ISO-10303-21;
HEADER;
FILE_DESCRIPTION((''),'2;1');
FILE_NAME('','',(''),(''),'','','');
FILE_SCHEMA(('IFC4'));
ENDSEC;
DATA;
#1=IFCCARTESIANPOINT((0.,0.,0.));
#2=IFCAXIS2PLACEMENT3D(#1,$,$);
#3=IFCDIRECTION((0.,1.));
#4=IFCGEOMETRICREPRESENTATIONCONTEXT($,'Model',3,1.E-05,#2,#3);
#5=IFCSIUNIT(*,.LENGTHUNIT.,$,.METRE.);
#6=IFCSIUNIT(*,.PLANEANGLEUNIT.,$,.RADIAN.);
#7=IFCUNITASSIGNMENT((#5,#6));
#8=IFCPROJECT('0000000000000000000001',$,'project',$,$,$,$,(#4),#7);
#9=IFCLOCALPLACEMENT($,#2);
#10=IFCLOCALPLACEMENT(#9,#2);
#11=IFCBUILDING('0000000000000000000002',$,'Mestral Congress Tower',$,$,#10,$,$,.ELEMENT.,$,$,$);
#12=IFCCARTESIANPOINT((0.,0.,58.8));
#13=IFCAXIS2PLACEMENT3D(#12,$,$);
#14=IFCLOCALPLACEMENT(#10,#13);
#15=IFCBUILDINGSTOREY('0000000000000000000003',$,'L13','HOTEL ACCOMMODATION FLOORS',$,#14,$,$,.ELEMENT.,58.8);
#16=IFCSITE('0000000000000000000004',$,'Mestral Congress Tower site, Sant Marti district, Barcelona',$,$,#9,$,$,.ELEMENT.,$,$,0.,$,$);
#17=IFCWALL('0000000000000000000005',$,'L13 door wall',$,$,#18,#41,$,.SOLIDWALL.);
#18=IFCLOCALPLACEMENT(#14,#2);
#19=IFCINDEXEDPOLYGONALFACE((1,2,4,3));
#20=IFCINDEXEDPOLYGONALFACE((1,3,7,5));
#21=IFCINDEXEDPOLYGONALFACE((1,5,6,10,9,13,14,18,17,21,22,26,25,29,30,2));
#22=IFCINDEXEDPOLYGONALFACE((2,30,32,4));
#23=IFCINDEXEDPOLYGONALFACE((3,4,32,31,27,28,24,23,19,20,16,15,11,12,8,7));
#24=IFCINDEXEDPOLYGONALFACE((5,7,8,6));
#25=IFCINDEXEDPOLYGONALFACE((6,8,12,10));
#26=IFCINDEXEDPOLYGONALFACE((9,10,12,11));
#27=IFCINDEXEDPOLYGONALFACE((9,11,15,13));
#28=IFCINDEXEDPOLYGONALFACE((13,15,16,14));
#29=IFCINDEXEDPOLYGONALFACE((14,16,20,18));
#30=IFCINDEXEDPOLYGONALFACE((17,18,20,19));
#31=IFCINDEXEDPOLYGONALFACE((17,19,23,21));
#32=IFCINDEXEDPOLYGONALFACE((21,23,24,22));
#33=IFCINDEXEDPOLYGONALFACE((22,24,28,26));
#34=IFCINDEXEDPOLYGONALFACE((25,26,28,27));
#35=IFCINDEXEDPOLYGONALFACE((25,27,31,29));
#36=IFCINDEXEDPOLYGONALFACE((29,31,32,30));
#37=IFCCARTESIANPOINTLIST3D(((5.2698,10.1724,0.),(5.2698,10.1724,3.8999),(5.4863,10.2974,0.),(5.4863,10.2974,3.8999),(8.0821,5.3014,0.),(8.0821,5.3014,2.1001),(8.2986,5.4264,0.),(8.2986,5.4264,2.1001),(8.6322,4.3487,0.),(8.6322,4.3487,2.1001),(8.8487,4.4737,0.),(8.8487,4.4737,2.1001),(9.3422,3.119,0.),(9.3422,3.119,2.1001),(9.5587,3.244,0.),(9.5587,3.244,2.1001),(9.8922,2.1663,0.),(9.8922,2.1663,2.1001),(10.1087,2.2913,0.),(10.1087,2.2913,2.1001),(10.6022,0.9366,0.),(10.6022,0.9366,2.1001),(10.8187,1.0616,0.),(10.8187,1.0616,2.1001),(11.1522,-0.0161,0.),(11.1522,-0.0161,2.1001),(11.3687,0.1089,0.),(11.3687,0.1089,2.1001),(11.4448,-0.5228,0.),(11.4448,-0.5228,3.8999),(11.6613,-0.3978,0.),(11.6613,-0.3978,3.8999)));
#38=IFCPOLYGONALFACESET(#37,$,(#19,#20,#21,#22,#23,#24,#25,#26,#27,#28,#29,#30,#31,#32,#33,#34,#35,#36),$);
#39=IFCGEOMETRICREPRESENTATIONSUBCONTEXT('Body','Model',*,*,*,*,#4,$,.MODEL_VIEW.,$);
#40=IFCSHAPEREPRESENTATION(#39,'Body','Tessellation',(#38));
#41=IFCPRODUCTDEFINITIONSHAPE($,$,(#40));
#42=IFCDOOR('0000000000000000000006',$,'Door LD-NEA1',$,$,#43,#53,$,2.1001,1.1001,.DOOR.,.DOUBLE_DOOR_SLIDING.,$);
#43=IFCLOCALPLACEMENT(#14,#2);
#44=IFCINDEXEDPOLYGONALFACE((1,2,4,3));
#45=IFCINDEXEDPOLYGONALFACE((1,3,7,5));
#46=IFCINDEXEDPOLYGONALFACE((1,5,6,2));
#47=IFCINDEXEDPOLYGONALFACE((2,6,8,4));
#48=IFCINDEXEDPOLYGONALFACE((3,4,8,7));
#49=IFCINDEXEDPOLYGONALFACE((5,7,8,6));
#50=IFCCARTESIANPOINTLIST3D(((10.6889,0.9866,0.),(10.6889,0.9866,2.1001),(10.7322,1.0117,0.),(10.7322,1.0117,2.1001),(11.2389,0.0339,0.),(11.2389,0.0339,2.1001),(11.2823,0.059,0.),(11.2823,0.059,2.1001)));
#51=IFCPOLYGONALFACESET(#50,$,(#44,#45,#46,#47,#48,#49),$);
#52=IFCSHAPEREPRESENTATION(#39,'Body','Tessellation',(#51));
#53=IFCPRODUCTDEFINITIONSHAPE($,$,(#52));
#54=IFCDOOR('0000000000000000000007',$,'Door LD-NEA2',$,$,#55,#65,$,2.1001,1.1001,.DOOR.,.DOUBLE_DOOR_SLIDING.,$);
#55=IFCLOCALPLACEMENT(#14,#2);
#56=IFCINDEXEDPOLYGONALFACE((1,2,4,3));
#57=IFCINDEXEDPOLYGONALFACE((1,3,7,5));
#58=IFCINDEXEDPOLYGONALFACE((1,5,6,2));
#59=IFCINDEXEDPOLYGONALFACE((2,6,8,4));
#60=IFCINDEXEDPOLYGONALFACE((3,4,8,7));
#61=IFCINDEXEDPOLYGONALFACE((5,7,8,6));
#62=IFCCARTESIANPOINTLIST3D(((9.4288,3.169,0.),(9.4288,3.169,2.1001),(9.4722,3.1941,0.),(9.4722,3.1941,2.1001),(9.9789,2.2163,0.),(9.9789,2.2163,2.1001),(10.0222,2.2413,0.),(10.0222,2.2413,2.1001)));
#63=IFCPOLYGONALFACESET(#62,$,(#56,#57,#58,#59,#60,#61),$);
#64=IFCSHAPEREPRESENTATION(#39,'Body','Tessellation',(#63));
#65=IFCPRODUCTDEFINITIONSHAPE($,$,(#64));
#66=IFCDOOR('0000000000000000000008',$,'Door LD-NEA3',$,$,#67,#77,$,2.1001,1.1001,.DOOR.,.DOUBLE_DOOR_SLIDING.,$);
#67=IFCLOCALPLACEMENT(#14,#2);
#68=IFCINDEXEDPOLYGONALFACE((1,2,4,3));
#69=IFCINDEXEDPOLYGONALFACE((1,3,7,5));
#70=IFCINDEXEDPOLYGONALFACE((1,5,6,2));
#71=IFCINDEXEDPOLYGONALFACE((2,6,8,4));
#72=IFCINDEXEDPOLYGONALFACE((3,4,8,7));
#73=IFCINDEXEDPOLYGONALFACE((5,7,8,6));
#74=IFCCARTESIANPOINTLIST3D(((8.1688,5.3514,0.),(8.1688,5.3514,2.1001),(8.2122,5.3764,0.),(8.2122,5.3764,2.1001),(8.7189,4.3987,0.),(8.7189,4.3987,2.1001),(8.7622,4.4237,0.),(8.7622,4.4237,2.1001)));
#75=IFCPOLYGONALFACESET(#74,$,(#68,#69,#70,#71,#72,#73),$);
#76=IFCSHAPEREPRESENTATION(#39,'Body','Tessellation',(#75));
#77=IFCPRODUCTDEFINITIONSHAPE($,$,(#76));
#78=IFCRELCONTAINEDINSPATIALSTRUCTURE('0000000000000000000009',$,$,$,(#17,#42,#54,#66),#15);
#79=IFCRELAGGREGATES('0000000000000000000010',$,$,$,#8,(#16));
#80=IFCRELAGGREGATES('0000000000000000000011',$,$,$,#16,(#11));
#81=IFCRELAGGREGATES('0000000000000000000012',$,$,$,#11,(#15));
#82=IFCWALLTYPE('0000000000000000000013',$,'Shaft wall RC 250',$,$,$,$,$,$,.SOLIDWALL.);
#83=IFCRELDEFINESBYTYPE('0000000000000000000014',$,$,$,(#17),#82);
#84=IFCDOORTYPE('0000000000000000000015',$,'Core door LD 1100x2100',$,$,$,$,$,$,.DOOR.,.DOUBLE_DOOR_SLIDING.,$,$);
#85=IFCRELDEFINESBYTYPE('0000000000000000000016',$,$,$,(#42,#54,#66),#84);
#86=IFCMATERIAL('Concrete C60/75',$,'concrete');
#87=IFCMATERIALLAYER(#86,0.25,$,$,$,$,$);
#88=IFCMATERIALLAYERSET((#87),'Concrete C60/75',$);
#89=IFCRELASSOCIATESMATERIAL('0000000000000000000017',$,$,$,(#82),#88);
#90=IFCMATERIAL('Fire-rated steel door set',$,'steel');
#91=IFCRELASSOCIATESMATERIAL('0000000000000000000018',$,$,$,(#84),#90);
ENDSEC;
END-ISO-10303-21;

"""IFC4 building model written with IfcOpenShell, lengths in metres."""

from ifc_helpers import new_model, si_unit, direction, frame, frame_2d, origin, place, context, subcontext, project, spatial, rectangle, extrude, material, layer, layer_set, type_object, element, fill, save


model = new_model("IFC4")

# Units and contexts
model_context = context("Model", 3, precision=1e-05, world=origin(), true_north=direction((0.0, 1.0)))
body_context = subcontext(model_context, "Body", "Model", "MODEL_VIEW")
ifc_project = project(units=[si_unit("LENGTHUNIT", "METRE"), si_unit("PLANEANGLEUNIT", "RADIAN")], contexts=[model_context])

# Site, building, storey
site_placement = place(None, origin())
site = spatial("IfcSite", under=ifc_project, at=site_placement, Name="Mestral Congress Tower site, Sant Marti district, Barcelona", CompositionType="ELEMENT", RefElevation=0.0)
building_placement = place(site_placement, origin())
building = spatial("IfcBuilding", under=site, at=building_placement, Name="Mestral Congress Tower", CompositionType="ELEMENT")
storey_placement = place(building_placement, frame((0.0, 0.0, 58.8)))
storey = spatial("IfcBuildingStorey", under=building, at=storey_placement, Name="L13", Description="HOTEL ACCOMMODATION FLOORS", CompositionType="ELEMENT", Elevation=58.8)

# Wall, openings, doors
ifc_material_1 = material(Name="Concrete C60/75", Category="concrete")
ifc_layer_1 = layer(ifc_material_1, 0.25)
ifc_layer_set_1 = layer_set([ifc_layer_1], Name="Concrete C60/75")
wall_type_1 = type_object("IfcWallType", Name="Shaft wall RC 250", PredefinedType="SOLIDWALL", material=ifc_layer_set_1)
wall_1_placement = place(storey_placement, frame((11.553, -0.4602, 0.0), z_axis=(0.0, 0.0, 1.0), x_axis=(-0.500007, 0.866022, 0.0)))
wall_1 = element("IfcWall", 1, at=wall_1_placement, inside=storey, type_object=wall_type_1, Name="L13 door wall", PredefinedType="SOLIDWALL", context=body_context, shape_type="SweptSolid", body=[
    extrude(rectangle(XDim=12.3499, YDim=0.25, at=frame_2d((6.1748, 0.0))), origin(), (0.0, 0.0, 1.0), 3.8999),
])
opening_1_placement = place(wall_1_placement, frame((0.585, 0.0, 0.0)))
opening_1 = element("IfcOpeningElement", 2, at=opening_1_placement, cuts=wall_1, PredefinedType="OPENING", context=body_context, shape_type="SweptSolid", body=[
    extrude(rectangle(XDim=1.1001, YDim=2.1001, at=frame_2d((0.55, 1.05))), frame((0.0, 0.135, 0.0), z_axis=(0.0, -1.0, 0.0), x_axis=(1.0, 0.0, 0.0)), (0.0, 0.0, 1.0), 0.27),
])
opening_2_placement = place(wall_1_placement, frame((3.105, 0.0, 0.0)))
opening_2 = element("IfcOpeningElement", 3, at=opening_2_placement, cuts=wall_1, PredefinedType="OPENING", context=body_context, shape_type="SweptSolid", body=[
    extrude(rectangle(XDim=1.1001, YDim=2.1001, at=frame_2d((0.55, 1.05))), frame((0.0, 0.135, 0.0), z_axis=(0.0, -1.0, 0.0), x_axis=(1.0, 0.0, 0.0)), (0.0, 0.0, 1.0), 0.27),
])
opening_3_placement = place(wall_1_placement, frame((5.625, 0.0, 0.0)))
opening_3 = element("IfcOpeningElement", 4, at=opening_3_placement, cuts=wall_1, PredefinedType="OPENING", context=body_context, shape_type="SweptSolid", body=[
    extrude(rectangle(XDim=1.1001, YDim=2.1001, at=frame_2d((0.55, 1.05))), frame((0.0, 0.135, 0.0), z_axis=(0.0, -1.0, 0.0), x_axis=(1.0, 0.0, 0.0)), (0.0, 0.0, 1.0), 0.27),
])
ifc_material_2 = material(Name="Fire-rated steel door set", Category="steel")
door_type_1 = type_object("IfcDoorType", Name="Core door LD 1100x2100", OperationType="DOUBLE_DOOR_SLIDING", PredefinedType="DOOR", material=ifc_material_2)
door_1_placement = place(opening_1_placement, origin())
door_1 = element("IfcDoor", 5, at=door_1_placement, inside=storey, type_object=door_type_1, Name="Door LD-NEA1", OperationType="DOUBLE_DOOR_SLIDING", OverallHeight=2.1001, OverallWidth=1.1001, PredefinedType="DOOR", context=body_context, shape_type="SweptSolid", body=[
    extrude(rectangle(XDim=1.1001, YDim=2.1001, at=frame_2d((0.55, 1.05))), frame((0.0, 0.0249, 0.0), z_axis=(0.0, -1.0, 0.0), x_axis=(1.0, 0.0, 0.0)), (0.0, 0.0, 1.0), 0.05),
])
fill(opening_1, door_1)
door_2_placement = place(opening_2_placement, origin())
door_2 = element("IfcDoor", 6, at=door_2_placement, inside=storey, type_object=door_type_1, Name="Door LD-NEA2", OperationType="DOUBLE_DOOR_SLIDING", OverallHeight=2.1001, OverallWidth=1.1001, PredefinedType="DOOR", context=body_context, shape_type="SweptSolid", body=[
    extrude(rectangle(XDim=1.1001, YDim=2.1001, at=frame_2d((0.55, 1.05))), frame((0.0, 0.0249, 0.0), z_axis=(0.0, -1.0, 0.0), x_axis=(1.0, 0.0, 0.0)), (0.0, 0.0, 1.0), 0.05),
])
fill(opening_2, door_2)
door_3_placement = place(opening_3_placement, origin())
door_3 = element("IfcDoor", 7, at=door_3_placement, inside=storey, type_object=door_type_1, Name="Door LD-NEA3", OperationType="DOUBLE_DOOR_SLIDING", OverallHeight=2.1001, OverallWidth=1.1001, PredefinedType="DOOR", context=body_context, shape_type="SweptSolid", body=[
    extrude(rectangle(XDim=1.1001, YDim=2.1001, at=frame_2d((0.55, 1.05))), frame((0.0, 0.0249, 0.0), z_axis=(0.0, -1.0, 0.0), x_axis=(1.0, 0.0, 0.0)), (0.0, 0.0, 1.0), 0.05),
])
fill(opening_3, door_3)

save(model, "model.ifc")
